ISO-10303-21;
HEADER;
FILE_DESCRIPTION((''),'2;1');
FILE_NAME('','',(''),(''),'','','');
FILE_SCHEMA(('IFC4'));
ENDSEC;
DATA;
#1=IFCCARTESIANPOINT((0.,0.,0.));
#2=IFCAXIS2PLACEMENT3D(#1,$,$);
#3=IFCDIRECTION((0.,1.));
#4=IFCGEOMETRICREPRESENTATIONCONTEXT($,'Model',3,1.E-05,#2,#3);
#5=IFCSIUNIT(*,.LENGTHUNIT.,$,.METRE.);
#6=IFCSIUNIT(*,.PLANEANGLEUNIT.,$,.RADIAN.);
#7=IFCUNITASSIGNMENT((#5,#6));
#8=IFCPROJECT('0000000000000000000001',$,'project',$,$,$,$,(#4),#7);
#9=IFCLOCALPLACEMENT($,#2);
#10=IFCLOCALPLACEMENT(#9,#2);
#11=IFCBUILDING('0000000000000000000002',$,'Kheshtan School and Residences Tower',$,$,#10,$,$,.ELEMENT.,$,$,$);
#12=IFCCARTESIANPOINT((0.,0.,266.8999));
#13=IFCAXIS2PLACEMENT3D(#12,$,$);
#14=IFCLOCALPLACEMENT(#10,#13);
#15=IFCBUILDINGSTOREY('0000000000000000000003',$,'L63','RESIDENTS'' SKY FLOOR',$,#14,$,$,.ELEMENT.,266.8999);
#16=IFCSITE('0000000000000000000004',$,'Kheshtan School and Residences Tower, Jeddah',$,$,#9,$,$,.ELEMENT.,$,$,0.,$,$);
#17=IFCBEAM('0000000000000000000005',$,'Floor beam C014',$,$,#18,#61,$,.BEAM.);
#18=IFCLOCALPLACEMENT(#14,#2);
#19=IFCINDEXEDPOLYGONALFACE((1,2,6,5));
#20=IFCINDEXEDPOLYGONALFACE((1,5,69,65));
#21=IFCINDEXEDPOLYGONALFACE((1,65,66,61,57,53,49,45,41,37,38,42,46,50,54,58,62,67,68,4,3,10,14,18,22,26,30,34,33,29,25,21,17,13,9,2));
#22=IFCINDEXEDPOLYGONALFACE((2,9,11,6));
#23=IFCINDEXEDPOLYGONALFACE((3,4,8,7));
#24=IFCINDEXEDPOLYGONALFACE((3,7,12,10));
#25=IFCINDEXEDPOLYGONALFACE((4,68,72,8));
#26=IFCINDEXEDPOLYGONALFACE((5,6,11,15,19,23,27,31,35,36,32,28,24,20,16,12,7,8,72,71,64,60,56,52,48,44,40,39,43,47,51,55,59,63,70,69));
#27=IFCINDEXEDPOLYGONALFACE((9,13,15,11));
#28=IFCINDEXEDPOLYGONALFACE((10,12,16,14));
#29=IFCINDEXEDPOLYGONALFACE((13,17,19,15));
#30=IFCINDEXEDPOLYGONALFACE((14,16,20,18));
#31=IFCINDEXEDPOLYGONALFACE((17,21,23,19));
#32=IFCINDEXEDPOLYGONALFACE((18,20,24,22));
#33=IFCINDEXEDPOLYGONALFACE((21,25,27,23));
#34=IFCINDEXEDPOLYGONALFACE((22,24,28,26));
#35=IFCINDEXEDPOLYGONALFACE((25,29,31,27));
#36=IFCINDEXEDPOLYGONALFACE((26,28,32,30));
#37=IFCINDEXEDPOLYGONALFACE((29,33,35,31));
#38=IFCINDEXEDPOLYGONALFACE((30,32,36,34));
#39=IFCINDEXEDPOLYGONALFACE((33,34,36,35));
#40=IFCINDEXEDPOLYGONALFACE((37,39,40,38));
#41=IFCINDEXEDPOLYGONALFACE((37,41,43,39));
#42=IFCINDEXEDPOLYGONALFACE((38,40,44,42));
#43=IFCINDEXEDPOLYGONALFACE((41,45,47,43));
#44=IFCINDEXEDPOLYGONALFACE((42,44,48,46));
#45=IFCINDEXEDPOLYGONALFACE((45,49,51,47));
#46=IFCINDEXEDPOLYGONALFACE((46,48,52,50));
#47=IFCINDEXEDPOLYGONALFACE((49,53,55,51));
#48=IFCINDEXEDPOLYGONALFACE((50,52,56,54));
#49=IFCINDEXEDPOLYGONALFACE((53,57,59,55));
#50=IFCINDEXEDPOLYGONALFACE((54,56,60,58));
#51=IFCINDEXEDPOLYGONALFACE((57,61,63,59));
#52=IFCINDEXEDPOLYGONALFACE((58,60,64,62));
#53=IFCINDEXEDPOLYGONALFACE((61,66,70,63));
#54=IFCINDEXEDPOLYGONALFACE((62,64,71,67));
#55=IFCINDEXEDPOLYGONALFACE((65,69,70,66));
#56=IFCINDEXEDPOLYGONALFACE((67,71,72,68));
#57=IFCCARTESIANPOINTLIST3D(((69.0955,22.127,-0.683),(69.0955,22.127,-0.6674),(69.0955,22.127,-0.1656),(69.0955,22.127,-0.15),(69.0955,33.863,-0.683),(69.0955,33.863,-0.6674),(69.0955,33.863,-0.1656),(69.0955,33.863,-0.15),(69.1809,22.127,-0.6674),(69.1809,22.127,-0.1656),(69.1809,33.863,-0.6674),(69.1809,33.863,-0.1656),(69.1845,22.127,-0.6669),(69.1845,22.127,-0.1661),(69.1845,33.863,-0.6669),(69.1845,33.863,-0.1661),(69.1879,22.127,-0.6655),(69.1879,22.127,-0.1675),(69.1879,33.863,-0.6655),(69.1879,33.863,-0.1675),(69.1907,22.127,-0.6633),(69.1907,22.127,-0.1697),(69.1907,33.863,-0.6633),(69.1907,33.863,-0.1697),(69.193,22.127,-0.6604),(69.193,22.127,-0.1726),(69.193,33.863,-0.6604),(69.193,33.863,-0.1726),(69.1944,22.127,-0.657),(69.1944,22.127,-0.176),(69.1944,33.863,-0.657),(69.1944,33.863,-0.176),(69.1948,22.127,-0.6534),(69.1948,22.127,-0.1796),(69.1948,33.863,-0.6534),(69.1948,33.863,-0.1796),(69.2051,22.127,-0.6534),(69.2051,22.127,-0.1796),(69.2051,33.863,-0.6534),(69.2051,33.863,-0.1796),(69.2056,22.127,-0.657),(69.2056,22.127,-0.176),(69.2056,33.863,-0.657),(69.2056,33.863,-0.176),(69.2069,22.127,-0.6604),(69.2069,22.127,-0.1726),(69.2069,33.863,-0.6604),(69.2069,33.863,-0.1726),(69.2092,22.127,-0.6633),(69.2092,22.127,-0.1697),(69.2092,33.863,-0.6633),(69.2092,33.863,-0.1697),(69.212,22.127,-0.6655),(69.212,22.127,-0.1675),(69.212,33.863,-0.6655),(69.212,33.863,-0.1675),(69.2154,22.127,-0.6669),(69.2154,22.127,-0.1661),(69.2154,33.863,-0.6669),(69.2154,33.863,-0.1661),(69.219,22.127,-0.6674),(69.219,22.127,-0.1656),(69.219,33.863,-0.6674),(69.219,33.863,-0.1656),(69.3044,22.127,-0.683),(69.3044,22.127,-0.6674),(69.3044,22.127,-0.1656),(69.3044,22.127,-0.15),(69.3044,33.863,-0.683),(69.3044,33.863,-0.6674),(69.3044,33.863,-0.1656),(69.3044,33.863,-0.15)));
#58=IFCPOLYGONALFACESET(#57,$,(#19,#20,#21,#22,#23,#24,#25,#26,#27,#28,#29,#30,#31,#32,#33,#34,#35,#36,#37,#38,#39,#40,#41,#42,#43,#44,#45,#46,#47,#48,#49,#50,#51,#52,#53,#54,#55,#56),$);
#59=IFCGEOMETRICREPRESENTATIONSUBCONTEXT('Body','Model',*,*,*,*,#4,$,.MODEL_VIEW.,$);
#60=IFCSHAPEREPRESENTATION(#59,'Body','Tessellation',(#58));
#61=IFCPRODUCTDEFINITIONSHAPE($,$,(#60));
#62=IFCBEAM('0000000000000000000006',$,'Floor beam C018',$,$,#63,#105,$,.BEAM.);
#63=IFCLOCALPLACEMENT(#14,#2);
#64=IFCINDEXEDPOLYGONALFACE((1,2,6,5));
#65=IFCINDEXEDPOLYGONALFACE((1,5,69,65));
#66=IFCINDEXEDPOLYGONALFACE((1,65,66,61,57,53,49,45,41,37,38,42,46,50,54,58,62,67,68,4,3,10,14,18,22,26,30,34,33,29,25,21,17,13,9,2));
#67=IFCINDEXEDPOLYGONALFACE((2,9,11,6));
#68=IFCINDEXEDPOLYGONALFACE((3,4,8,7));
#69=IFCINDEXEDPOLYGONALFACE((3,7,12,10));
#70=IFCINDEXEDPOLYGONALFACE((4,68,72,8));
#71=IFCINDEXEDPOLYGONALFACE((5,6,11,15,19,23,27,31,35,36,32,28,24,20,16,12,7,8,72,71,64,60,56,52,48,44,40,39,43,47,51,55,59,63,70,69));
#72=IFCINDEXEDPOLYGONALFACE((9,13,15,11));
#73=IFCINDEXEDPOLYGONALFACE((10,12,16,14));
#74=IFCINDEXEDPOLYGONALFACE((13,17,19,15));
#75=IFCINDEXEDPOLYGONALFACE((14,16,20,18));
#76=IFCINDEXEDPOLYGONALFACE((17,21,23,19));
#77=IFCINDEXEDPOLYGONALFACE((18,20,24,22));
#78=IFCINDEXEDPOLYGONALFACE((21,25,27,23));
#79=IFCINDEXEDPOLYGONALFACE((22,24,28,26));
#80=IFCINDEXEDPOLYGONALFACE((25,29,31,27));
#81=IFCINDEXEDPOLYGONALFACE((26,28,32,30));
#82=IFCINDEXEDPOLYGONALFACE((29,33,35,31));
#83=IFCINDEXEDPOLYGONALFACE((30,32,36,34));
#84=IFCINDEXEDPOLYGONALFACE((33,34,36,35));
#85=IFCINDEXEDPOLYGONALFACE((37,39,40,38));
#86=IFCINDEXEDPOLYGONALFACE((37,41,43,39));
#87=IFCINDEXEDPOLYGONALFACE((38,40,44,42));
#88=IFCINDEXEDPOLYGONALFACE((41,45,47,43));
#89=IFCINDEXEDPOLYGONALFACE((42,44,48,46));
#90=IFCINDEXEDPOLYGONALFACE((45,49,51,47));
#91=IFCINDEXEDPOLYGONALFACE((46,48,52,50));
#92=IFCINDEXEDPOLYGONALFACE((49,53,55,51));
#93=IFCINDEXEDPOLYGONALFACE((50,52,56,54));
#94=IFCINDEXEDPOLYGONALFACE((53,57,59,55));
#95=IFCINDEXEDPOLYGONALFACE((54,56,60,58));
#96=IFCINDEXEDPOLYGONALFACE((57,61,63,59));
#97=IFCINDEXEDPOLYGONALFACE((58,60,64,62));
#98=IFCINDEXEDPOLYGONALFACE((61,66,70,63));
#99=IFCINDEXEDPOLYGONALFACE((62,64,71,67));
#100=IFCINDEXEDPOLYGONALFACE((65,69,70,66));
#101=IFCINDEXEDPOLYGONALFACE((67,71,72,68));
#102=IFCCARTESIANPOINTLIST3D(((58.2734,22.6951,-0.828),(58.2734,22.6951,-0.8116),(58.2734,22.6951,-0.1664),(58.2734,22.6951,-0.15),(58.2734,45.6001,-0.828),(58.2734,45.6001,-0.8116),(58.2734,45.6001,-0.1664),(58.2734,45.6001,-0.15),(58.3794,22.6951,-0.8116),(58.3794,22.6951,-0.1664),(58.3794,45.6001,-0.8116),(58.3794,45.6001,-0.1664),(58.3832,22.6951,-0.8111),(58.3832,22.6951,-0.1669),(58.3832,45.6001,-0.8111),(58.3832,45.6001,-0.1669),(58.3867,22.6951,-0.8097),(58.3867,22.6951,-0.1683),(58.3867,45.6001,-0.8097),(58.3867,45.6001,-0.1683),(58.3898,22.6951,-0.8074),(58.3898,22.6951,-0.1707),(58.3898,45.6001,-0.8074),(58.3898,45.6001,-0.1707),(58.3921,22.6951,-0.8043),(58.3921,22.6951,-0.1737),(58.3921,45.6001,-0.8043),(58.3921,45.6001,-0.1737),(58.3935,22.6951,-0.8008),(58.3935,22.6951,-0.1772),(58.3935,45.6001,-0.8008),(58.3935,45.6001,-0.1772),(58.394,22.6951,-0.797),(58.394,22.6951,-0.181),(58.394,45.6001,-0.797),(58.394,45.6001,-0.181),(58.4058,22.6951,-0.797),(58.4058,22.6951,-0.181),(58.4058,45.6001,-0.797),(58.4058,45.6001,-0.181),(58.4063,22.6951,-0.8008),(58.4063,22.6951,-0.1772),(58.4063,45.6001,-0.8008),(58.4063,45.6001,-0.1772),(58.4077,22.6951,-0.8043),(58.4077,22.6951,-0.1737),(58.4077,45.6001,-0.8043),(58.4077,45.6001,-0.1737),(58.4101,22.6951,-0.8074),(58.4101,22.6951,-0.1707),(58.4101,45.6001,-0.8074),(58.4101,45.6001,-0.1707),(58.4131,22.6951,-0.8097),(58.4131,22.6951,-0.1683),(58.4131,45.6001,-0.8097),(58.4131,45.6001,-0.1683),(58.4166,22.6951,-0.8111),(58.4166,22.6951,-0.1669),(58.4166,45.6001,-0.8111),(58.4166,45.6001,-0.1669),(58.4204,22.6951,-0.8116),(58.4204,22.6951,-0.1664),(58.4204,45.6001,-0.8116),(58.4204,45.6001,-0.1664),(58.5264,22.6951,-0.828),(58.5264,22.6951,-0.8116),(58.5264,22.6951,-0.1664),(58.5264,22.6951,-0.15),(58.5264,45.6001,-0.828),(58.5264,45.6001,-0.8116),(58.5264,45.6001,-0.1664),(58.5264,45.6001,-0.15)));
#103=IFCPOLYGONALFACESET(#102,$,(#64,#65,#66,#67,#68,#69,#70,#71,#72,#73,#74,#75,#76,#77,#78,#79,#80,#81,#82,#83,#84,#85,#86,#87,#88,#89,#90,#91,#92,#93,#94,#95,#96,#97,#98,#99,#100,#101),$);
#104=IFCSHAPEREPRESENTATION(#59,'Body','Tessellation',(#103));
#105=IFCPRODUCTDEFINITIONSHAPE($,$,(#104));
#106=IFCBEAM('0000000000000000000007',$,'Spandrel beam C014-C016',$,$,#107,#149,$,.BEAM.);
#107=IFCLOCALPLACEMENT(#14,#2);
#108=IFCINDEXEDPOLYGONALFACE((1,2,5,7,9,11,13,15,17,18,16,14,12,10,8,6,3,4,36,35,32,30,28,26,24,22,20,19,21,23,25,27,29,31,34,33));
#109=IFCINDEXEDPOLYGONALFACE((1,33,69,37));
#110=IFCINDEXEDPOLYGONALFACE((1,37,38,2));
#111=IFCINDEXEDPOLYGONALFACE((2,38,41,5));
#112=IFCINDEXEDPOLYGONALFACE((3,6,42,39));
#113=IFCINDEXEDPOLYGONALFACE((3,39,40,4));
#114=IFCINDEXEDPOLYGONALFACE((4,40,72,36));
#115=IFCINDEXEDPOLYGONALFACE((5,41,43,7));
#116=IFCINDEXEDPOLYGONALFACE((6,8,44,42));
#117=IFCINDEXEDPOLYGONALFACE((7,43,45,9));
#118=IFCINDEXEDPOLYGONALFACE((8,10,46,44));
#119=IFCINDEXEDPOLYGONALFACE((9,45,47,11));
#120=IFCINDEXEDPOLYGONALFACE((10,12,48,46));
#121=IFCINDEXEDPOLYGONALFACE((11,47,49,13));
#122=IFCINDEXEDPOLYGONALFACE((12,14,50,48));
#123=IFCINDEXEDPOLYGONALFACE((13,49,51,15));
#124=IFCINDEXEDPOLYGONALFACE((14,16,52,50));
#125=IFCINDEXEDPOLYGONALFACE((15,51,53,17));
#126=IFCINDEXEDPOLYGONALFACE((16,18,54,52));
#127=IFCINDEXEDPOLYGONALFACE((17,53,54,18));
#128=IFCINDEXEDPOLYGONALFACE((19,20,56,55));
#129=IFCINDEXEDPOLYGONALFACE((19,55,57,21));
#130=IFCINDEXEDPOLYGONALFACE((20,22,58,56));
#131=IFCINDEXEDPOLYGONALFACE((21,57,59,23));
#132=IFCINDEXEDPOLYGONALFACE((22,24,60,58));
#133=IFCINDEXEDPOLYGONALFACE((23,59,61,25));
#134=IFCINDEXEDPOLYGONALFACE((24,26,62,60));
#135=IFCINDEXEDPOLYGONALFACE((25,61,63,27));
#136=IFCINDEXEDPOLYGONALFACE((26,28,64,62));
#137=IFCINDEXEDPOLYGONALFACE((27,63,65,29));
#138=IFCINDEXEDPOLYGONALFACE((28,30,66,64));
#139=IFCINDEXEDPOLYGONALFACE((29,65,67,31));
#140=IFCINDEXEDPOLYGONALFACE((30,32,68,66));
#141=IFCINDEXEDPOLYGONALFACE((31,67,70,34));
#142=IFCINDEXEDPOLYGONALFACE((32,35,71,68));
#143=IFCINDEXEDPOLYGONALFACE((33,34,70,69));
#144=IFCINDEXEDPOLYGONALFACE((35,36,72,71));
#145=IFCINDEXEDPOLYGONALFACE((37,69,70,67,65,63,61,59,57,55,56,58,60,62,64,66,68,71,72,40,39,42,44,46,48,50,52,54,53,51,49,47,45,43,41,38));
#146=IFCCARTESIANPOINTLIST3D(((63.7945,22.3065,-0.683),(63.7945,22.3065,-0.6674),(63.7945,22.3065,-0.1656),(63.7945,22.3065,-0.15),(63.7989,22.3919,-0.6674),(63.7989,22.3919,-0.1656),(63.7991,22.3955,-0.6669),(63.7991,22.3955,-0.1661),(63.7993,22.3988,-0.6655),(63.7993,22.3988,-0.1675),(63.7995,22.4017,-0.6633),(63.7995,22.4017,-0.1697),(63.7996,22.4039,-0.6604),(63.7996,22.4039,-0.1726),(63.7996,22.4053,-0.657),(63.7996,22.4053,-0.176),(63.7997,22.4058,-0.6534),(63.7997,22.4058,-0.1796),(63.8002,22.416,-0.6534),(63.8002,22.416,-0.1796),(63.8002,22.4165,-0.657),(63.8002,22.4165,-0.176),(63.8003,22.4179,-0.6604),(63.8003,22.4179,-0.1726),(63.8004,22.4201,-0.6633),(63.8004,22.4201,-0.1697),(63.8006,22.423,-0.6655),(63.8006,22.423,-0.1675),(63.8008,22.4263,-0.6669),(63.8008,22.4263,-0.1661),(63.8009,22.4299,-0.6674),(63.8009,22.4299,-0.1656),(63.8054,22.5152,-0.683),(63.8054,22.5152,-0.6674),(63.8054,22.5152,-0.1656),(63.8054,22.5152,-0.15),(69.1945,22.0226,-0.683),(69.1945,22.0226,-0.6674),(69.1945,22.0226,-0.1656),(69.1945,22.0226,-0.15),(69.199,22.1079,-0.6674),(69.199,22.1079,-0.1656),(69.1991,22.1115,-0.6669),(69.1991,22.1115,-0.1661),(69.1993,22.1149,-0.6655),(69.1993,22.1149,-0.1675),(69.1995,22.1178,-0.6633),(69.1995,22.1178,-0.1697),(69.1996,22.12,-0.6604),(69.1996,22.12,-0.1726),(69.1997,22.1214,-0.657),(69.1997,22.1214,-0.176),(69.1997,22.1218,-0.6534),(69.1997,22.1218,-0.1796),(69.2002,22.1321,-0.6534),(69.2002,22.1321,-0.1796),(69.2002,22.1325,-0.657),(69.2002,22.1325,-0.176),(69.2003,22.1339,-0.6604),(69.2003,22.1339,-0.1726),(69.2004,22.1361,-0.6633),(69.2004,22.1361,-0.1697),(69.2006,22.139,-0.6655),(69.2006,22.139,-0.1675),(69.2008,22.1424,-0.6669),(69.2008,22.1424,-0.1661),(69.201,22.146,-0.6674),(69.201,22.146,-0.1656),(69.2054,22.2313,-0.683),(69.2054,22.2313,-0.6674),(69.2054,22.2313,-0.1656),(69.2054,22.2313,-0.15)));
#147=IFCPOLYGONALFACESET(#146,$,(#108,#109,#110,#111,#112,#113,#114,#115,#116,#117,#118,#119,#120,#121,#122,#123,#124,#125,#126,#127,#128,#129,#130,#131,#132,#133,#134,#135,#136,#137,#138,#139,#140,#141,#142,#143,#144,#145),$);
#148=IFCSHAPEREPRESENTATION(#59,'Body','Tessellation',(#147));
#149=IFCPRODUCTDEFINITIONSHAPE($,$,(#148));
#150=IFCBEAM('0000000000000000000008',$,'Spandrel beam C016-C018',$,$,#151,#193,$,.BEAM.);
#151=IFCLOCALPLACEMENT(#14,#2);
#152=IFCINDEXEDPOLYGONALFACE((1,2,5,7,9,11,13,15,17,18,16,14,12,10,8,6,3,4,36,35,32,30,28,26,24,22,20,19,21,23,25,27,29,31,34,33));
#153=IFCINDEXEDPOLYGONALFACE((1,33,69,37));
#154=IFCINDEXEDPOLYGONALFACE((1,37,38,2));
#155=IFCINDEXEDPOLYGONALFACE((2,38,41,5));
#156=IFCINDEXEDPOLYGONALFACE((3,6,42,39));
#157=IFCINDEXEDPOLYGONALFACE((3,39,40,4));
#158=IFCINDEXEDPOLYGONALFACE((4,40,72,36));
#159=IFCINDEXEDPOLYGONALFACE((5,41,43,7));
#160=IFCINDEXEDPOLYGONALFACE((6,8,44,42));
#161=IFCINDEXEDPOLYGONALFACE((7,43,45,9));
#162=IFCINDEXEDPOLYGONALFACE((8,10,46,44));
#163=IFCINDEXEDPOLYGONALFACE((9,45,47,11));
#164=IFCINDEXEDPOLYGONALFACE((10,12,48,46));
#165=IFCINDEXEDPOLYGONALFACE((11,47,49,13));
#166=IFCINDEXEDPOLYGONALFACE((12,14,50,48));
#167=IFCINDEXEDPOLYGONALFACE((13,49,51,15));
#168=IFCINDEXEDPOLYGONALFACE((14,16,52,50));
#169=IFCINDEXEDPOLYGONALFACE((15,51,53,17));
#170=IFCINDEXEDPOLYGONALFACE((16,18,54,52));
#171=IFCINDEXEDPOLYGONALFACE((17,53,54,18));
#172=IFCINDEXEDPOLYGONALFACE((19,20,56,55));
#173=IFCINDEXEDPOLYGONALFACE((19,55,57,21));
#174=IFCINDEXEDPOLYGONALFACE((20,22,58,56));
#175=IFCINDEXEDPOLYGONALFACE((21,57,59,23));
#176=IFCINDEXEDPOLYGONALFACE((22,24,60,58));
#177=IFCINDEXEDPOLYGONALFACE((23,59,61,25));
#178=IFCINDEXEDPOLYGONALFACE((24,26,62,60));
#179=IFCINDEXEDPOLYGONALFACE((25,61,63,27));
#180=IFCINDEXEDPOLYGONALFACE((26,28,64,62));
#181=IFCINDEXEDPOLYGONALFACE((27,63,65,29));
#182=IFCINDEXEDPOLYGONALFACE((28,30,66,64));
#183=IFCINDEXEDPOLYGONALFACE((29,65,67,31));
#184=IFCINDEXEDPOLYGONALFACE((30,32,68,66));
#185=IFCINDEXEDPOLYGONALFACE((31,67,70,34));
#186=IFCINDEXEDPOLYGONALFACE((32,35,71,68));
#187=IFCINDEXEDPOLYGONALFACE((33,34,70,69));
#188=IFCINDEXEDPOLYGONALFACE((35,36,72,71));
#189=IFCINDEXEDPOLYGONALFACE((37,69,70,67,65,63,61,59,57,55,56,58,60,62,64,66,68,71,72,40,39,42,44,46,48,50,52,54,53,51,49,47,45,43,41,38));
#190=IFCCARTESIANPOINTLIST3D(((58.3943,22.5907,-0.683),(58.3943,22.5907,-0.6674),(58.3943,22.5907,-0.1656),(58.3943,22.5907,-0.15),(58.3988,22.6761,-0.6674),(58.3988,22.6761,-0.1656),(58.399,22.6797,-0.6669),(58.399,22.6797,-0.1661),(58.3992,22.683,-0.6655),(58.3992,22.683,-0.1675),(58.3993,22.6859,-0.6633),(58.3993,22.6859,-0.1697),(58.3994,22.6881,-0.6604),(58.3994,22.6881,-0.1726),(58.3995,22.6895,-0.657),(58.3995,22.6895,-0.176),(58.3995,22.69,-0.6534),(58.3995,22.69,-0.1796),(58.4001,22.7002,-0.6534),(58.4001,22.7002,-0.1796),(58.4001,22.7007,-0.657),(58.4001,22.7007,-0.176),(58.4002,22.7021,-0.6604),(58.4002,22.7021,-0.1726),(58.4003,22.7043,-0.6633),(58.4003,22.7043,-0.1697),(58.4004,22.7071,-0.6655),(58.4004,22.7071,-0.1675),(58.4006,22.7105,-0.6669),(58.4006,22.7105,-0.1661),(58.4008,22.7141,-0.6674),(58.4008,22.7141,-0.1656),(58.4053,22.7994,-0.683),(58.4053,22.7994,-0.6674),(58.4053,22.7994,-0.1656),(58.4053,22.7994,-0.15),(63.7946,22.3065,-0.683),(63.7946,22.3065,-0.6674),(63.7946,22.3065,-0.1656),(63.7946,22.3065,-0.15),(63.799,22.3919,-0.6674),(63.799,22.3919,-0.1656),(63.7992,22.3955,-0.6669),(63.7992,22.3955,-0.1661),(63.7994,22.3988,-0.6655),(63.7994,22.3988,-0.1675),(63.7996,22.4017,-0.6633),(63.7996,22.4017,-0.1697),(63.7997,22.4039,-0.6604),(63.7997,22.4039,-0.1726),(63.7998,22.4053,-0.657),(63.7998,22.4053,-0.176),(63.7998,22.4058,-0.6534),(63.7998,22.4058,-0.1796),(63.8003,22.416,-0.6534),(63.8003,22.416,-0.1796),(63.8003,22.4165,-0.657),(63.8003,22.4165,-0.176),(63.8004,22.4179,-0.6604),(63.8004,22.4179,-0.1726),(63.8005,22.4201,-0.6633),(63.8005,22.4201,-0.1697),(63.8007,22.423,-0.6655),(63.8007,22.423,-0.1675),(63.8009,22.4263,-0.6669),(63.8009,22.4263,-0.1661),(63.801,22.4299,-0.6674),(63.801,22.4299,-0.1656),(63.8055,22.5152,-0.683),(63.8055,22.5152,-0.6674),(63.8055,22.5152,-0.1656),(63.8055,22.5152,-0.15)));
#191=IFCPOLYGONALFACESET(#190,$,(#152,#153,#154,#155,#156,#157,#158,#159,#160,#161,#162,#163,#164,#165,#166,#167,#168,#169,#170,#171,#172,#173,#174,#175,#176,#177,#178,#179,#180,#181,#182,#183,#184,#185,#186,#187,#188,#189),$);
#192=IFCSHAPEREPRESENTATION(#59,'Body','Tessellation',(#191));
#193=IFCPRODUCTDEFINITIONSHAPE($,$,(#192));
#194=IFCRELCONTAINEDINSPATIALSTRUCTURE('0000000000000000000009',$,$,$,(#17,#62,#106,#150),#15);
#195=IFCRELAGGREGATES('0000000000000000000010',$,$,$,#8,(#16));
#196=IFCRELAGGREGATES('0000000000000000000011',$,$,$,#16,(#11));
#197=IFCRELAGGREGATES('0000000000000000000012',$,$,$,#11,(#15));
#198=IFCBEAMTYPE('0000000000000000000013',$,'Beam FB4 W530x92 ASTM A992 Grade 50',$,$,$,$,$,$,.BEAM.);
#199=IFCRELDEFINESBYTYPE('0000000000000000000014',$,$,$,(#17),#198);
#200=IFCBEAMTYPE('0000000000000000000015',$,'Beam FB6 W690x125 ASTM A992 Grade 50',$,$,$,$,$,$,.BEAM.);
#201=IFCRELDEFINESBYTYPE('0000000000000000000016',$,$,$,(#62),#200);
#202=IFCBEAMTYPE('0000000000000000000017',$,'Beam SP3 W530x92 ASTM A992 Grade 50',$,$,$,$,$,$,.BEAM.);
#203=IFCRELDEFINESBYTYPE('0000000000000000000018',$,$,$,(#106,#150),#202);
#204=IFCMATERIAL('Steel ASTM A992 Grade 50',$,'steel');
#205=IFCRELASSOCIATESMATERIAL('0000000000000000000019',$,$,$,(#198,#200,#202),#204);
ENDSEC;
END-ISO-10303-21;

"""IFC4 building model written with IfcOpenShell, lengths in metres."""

from ifc_helpers import new_model, si_unit, direction, frame, origin, origin_2d, place, context, subcontext, project, spatial, i_section, extrude, material, material_profile, profile_set, type_object, element, save


model = new_model("IFC4")

# Units and contexts
model_context = context("Model", 3, precision=1e-05, world=origin(), true_north=direction((0.0, 1.0)))
body_context = subcontext(model_context, "Body", "Model", "MODEL_VIEW")
ifc_project = project(units=[si_unit("LENGTHUNIT", "METRE"), si_unit("PLANEANGLEUNIT", "RADIAN")], contexts=[model_context])

# Site, building, storey
site_placement = place(None, origin())
site = spatial("IfcSite", under=ifc_project, at=site_placement, Name="Kheshtan School and Residences Tower, Jeddah", CompositionType="ELEMENT", RefElevation=0.0)
building_placement = place(site_placement, origin())
building = spatial("IfcBuilding", under=site, at=building_placement, Name="Kheshtan School and Residences Tower", CompositionType="ELEMENT")
storey_placement = place(building_placement, frame((0.0, 0.0, 266.8999)))
storey = spatial("IfcBuildingStorey", under=building, at=storey_placement, Name="L63", Description="RESIDENTS' SKY FLOOR", CompositionType="ELEMENT", Elevation=266.8999)

# Shared definitions
ifc_material_1 = material(Name="Steel ASTM A992 Grade 50", Category="steel")

# Beams
ifc_material_profile_1 = material_profile(ifc_material_1, i_section(OverallWidth=0.209, OverallDepth=0.533, WebThickness=0.0103, FlangeThickness=0.0156, FilletRadius=0.0139, at=origin_2d()), Name="W530x92")
ifc_profile_set_1 = profile_set([ifc_material_profile_1], Name="Steel ASTM A992 Grade 50")
beam_type_1 = type_object("IfcBeamType", Name="Beam FB4 W530x92 ASTM A992 Grade 50", PredefinedType="BEAM", material=ifc_profile_set_1)
beam_1_placement = place(storey_placement, frame((69.2, 22.127, -0.4165), z_axis=(0.0, 1.0, 0.0), x_axis=(-1.0, 0.0, 0.0)))
element("IfcBeam", 1, at=beam_1_placement, inside=storey, type_object=beam_type_1, Name="Floor beam C014", PredefinedType="BEAM", context=body_context, shape_type="SweptSolid", body=[
    extrude(i_section(OverallWidth=0.209, OverallDepth=0.533, WebThickness=0.0103, FlangeThickness=0.0156, FilletRadius=0.0139, at=origin_2d()), origin(), (0.0, 0.0, 1.0), 11.7361),
])
ifc_material_profile_2 = material_profile(ifc_material_1, i_section(OverallWidth=0.2529, OverallDepth=0.678, WebThickness=0.0117, FlangeThickness=0.0164, FilletRadius=0.0146, at=origin_2d()), Name="W690x125")
ifc_profile_set_2 = profile_set([ifc_material_profile_2], Name="Steel ASTM A992 Grade 50")
beam_type_2 = type_object("IfcBeamType", Name="Beam FB6 W690x125 ASTM A992 Grade 50", PredefinedType="BEAM", material=ifc_profile_set_2)
beam_2_placement = place(storey_placement, frame((58.3999, 22.6951, -0.489), z_axis=(0.0, 1.0, 0.0), x_axis=(-1.0, 0.0, 0.0)))
element("IfcBeam", 2, at=beam_2_placement, inside=storey, type_object=beam_type_2, Name="Floor beam C018", PredefinedType="BEAM", context=body_context, shape_type="SweptSolid", body=[
    extrude(i_section(OverallWidth=0.2529, OverallDepth=0.678, WebThickness=0.0117, FlangeThickness=0.0164, FilletRadius=0.0146, at=origin_2d()), origin(), (0.0, 0.0, 1.0), 22.905),
])
ifc_material_profile_3 = material_profile(ifc_material_1, i_section(OverallWidth=0.209, OverallDepth=0.533, WebThickness=0.0103, FlangeThickness=0.0156, FilletRadius=0.0139, at=origin_2d()), Name="W530x92")
ifc_profile_set_3 = profile_set([ifc_material_profile_3], Name="Steel ASTM A992 Grade 50")
beam_type_3 = type_object("IfcBeamType", Name="Beam SP3 W530x92 ASTM A992 Grade 50", PredefinedType="BEAM", material=ifc_profile_set_3)
beam_3_placement = place(storey_placement, frame((69.2, 22.127, -0.4165), z_axis=(-0.99862, 0.052509, 0.0), x_axis=(-0.052509, -0.99862, 0.0)))
element("IfcBeam", 3, at=beam_3_placement, inside=storey, type_object=beam_type_3, Name="Spandrel beam C014-C016", PredefinedType="BEAM", context=body_context, shape_type="SweptSolid", body=[
    extrude(i_section(OverallWidth=0.209, OverallDepth=0.533, WebThickness=0.0103, FlangeThickness=0.0156, FilletRadius=0.0139, at=origin_2d()), origin(), (0.0, 0.0, 1.0), 5.4075),
])
beam_4_placement = place(storey_placement, frame((63.8, 22.4109, -0.4165), z_axis=(-0.998618, 0.052552, 0.0), x_axis=(-0.052552, -0.998618, 0.0)))
element("IfcBeam", 4, at=beam_4_placement, inside=storey, type_object=beam_type_3, Name="Spandrel beam C016-C018", PredefinedType="BEAM", context=body_context, shape_type="SweptSolid", body=[
    extrude(i_section(OverallWidth=0.209, OverallDepth=0.533, WebThickness=0.0103, FlangeThickness=0.0156, FilletRadius=0.0139, at=origin_2d()), origin(), (0.0, 0.0, 1.0), 5.4077),
])

save(model, "model.ifc")
